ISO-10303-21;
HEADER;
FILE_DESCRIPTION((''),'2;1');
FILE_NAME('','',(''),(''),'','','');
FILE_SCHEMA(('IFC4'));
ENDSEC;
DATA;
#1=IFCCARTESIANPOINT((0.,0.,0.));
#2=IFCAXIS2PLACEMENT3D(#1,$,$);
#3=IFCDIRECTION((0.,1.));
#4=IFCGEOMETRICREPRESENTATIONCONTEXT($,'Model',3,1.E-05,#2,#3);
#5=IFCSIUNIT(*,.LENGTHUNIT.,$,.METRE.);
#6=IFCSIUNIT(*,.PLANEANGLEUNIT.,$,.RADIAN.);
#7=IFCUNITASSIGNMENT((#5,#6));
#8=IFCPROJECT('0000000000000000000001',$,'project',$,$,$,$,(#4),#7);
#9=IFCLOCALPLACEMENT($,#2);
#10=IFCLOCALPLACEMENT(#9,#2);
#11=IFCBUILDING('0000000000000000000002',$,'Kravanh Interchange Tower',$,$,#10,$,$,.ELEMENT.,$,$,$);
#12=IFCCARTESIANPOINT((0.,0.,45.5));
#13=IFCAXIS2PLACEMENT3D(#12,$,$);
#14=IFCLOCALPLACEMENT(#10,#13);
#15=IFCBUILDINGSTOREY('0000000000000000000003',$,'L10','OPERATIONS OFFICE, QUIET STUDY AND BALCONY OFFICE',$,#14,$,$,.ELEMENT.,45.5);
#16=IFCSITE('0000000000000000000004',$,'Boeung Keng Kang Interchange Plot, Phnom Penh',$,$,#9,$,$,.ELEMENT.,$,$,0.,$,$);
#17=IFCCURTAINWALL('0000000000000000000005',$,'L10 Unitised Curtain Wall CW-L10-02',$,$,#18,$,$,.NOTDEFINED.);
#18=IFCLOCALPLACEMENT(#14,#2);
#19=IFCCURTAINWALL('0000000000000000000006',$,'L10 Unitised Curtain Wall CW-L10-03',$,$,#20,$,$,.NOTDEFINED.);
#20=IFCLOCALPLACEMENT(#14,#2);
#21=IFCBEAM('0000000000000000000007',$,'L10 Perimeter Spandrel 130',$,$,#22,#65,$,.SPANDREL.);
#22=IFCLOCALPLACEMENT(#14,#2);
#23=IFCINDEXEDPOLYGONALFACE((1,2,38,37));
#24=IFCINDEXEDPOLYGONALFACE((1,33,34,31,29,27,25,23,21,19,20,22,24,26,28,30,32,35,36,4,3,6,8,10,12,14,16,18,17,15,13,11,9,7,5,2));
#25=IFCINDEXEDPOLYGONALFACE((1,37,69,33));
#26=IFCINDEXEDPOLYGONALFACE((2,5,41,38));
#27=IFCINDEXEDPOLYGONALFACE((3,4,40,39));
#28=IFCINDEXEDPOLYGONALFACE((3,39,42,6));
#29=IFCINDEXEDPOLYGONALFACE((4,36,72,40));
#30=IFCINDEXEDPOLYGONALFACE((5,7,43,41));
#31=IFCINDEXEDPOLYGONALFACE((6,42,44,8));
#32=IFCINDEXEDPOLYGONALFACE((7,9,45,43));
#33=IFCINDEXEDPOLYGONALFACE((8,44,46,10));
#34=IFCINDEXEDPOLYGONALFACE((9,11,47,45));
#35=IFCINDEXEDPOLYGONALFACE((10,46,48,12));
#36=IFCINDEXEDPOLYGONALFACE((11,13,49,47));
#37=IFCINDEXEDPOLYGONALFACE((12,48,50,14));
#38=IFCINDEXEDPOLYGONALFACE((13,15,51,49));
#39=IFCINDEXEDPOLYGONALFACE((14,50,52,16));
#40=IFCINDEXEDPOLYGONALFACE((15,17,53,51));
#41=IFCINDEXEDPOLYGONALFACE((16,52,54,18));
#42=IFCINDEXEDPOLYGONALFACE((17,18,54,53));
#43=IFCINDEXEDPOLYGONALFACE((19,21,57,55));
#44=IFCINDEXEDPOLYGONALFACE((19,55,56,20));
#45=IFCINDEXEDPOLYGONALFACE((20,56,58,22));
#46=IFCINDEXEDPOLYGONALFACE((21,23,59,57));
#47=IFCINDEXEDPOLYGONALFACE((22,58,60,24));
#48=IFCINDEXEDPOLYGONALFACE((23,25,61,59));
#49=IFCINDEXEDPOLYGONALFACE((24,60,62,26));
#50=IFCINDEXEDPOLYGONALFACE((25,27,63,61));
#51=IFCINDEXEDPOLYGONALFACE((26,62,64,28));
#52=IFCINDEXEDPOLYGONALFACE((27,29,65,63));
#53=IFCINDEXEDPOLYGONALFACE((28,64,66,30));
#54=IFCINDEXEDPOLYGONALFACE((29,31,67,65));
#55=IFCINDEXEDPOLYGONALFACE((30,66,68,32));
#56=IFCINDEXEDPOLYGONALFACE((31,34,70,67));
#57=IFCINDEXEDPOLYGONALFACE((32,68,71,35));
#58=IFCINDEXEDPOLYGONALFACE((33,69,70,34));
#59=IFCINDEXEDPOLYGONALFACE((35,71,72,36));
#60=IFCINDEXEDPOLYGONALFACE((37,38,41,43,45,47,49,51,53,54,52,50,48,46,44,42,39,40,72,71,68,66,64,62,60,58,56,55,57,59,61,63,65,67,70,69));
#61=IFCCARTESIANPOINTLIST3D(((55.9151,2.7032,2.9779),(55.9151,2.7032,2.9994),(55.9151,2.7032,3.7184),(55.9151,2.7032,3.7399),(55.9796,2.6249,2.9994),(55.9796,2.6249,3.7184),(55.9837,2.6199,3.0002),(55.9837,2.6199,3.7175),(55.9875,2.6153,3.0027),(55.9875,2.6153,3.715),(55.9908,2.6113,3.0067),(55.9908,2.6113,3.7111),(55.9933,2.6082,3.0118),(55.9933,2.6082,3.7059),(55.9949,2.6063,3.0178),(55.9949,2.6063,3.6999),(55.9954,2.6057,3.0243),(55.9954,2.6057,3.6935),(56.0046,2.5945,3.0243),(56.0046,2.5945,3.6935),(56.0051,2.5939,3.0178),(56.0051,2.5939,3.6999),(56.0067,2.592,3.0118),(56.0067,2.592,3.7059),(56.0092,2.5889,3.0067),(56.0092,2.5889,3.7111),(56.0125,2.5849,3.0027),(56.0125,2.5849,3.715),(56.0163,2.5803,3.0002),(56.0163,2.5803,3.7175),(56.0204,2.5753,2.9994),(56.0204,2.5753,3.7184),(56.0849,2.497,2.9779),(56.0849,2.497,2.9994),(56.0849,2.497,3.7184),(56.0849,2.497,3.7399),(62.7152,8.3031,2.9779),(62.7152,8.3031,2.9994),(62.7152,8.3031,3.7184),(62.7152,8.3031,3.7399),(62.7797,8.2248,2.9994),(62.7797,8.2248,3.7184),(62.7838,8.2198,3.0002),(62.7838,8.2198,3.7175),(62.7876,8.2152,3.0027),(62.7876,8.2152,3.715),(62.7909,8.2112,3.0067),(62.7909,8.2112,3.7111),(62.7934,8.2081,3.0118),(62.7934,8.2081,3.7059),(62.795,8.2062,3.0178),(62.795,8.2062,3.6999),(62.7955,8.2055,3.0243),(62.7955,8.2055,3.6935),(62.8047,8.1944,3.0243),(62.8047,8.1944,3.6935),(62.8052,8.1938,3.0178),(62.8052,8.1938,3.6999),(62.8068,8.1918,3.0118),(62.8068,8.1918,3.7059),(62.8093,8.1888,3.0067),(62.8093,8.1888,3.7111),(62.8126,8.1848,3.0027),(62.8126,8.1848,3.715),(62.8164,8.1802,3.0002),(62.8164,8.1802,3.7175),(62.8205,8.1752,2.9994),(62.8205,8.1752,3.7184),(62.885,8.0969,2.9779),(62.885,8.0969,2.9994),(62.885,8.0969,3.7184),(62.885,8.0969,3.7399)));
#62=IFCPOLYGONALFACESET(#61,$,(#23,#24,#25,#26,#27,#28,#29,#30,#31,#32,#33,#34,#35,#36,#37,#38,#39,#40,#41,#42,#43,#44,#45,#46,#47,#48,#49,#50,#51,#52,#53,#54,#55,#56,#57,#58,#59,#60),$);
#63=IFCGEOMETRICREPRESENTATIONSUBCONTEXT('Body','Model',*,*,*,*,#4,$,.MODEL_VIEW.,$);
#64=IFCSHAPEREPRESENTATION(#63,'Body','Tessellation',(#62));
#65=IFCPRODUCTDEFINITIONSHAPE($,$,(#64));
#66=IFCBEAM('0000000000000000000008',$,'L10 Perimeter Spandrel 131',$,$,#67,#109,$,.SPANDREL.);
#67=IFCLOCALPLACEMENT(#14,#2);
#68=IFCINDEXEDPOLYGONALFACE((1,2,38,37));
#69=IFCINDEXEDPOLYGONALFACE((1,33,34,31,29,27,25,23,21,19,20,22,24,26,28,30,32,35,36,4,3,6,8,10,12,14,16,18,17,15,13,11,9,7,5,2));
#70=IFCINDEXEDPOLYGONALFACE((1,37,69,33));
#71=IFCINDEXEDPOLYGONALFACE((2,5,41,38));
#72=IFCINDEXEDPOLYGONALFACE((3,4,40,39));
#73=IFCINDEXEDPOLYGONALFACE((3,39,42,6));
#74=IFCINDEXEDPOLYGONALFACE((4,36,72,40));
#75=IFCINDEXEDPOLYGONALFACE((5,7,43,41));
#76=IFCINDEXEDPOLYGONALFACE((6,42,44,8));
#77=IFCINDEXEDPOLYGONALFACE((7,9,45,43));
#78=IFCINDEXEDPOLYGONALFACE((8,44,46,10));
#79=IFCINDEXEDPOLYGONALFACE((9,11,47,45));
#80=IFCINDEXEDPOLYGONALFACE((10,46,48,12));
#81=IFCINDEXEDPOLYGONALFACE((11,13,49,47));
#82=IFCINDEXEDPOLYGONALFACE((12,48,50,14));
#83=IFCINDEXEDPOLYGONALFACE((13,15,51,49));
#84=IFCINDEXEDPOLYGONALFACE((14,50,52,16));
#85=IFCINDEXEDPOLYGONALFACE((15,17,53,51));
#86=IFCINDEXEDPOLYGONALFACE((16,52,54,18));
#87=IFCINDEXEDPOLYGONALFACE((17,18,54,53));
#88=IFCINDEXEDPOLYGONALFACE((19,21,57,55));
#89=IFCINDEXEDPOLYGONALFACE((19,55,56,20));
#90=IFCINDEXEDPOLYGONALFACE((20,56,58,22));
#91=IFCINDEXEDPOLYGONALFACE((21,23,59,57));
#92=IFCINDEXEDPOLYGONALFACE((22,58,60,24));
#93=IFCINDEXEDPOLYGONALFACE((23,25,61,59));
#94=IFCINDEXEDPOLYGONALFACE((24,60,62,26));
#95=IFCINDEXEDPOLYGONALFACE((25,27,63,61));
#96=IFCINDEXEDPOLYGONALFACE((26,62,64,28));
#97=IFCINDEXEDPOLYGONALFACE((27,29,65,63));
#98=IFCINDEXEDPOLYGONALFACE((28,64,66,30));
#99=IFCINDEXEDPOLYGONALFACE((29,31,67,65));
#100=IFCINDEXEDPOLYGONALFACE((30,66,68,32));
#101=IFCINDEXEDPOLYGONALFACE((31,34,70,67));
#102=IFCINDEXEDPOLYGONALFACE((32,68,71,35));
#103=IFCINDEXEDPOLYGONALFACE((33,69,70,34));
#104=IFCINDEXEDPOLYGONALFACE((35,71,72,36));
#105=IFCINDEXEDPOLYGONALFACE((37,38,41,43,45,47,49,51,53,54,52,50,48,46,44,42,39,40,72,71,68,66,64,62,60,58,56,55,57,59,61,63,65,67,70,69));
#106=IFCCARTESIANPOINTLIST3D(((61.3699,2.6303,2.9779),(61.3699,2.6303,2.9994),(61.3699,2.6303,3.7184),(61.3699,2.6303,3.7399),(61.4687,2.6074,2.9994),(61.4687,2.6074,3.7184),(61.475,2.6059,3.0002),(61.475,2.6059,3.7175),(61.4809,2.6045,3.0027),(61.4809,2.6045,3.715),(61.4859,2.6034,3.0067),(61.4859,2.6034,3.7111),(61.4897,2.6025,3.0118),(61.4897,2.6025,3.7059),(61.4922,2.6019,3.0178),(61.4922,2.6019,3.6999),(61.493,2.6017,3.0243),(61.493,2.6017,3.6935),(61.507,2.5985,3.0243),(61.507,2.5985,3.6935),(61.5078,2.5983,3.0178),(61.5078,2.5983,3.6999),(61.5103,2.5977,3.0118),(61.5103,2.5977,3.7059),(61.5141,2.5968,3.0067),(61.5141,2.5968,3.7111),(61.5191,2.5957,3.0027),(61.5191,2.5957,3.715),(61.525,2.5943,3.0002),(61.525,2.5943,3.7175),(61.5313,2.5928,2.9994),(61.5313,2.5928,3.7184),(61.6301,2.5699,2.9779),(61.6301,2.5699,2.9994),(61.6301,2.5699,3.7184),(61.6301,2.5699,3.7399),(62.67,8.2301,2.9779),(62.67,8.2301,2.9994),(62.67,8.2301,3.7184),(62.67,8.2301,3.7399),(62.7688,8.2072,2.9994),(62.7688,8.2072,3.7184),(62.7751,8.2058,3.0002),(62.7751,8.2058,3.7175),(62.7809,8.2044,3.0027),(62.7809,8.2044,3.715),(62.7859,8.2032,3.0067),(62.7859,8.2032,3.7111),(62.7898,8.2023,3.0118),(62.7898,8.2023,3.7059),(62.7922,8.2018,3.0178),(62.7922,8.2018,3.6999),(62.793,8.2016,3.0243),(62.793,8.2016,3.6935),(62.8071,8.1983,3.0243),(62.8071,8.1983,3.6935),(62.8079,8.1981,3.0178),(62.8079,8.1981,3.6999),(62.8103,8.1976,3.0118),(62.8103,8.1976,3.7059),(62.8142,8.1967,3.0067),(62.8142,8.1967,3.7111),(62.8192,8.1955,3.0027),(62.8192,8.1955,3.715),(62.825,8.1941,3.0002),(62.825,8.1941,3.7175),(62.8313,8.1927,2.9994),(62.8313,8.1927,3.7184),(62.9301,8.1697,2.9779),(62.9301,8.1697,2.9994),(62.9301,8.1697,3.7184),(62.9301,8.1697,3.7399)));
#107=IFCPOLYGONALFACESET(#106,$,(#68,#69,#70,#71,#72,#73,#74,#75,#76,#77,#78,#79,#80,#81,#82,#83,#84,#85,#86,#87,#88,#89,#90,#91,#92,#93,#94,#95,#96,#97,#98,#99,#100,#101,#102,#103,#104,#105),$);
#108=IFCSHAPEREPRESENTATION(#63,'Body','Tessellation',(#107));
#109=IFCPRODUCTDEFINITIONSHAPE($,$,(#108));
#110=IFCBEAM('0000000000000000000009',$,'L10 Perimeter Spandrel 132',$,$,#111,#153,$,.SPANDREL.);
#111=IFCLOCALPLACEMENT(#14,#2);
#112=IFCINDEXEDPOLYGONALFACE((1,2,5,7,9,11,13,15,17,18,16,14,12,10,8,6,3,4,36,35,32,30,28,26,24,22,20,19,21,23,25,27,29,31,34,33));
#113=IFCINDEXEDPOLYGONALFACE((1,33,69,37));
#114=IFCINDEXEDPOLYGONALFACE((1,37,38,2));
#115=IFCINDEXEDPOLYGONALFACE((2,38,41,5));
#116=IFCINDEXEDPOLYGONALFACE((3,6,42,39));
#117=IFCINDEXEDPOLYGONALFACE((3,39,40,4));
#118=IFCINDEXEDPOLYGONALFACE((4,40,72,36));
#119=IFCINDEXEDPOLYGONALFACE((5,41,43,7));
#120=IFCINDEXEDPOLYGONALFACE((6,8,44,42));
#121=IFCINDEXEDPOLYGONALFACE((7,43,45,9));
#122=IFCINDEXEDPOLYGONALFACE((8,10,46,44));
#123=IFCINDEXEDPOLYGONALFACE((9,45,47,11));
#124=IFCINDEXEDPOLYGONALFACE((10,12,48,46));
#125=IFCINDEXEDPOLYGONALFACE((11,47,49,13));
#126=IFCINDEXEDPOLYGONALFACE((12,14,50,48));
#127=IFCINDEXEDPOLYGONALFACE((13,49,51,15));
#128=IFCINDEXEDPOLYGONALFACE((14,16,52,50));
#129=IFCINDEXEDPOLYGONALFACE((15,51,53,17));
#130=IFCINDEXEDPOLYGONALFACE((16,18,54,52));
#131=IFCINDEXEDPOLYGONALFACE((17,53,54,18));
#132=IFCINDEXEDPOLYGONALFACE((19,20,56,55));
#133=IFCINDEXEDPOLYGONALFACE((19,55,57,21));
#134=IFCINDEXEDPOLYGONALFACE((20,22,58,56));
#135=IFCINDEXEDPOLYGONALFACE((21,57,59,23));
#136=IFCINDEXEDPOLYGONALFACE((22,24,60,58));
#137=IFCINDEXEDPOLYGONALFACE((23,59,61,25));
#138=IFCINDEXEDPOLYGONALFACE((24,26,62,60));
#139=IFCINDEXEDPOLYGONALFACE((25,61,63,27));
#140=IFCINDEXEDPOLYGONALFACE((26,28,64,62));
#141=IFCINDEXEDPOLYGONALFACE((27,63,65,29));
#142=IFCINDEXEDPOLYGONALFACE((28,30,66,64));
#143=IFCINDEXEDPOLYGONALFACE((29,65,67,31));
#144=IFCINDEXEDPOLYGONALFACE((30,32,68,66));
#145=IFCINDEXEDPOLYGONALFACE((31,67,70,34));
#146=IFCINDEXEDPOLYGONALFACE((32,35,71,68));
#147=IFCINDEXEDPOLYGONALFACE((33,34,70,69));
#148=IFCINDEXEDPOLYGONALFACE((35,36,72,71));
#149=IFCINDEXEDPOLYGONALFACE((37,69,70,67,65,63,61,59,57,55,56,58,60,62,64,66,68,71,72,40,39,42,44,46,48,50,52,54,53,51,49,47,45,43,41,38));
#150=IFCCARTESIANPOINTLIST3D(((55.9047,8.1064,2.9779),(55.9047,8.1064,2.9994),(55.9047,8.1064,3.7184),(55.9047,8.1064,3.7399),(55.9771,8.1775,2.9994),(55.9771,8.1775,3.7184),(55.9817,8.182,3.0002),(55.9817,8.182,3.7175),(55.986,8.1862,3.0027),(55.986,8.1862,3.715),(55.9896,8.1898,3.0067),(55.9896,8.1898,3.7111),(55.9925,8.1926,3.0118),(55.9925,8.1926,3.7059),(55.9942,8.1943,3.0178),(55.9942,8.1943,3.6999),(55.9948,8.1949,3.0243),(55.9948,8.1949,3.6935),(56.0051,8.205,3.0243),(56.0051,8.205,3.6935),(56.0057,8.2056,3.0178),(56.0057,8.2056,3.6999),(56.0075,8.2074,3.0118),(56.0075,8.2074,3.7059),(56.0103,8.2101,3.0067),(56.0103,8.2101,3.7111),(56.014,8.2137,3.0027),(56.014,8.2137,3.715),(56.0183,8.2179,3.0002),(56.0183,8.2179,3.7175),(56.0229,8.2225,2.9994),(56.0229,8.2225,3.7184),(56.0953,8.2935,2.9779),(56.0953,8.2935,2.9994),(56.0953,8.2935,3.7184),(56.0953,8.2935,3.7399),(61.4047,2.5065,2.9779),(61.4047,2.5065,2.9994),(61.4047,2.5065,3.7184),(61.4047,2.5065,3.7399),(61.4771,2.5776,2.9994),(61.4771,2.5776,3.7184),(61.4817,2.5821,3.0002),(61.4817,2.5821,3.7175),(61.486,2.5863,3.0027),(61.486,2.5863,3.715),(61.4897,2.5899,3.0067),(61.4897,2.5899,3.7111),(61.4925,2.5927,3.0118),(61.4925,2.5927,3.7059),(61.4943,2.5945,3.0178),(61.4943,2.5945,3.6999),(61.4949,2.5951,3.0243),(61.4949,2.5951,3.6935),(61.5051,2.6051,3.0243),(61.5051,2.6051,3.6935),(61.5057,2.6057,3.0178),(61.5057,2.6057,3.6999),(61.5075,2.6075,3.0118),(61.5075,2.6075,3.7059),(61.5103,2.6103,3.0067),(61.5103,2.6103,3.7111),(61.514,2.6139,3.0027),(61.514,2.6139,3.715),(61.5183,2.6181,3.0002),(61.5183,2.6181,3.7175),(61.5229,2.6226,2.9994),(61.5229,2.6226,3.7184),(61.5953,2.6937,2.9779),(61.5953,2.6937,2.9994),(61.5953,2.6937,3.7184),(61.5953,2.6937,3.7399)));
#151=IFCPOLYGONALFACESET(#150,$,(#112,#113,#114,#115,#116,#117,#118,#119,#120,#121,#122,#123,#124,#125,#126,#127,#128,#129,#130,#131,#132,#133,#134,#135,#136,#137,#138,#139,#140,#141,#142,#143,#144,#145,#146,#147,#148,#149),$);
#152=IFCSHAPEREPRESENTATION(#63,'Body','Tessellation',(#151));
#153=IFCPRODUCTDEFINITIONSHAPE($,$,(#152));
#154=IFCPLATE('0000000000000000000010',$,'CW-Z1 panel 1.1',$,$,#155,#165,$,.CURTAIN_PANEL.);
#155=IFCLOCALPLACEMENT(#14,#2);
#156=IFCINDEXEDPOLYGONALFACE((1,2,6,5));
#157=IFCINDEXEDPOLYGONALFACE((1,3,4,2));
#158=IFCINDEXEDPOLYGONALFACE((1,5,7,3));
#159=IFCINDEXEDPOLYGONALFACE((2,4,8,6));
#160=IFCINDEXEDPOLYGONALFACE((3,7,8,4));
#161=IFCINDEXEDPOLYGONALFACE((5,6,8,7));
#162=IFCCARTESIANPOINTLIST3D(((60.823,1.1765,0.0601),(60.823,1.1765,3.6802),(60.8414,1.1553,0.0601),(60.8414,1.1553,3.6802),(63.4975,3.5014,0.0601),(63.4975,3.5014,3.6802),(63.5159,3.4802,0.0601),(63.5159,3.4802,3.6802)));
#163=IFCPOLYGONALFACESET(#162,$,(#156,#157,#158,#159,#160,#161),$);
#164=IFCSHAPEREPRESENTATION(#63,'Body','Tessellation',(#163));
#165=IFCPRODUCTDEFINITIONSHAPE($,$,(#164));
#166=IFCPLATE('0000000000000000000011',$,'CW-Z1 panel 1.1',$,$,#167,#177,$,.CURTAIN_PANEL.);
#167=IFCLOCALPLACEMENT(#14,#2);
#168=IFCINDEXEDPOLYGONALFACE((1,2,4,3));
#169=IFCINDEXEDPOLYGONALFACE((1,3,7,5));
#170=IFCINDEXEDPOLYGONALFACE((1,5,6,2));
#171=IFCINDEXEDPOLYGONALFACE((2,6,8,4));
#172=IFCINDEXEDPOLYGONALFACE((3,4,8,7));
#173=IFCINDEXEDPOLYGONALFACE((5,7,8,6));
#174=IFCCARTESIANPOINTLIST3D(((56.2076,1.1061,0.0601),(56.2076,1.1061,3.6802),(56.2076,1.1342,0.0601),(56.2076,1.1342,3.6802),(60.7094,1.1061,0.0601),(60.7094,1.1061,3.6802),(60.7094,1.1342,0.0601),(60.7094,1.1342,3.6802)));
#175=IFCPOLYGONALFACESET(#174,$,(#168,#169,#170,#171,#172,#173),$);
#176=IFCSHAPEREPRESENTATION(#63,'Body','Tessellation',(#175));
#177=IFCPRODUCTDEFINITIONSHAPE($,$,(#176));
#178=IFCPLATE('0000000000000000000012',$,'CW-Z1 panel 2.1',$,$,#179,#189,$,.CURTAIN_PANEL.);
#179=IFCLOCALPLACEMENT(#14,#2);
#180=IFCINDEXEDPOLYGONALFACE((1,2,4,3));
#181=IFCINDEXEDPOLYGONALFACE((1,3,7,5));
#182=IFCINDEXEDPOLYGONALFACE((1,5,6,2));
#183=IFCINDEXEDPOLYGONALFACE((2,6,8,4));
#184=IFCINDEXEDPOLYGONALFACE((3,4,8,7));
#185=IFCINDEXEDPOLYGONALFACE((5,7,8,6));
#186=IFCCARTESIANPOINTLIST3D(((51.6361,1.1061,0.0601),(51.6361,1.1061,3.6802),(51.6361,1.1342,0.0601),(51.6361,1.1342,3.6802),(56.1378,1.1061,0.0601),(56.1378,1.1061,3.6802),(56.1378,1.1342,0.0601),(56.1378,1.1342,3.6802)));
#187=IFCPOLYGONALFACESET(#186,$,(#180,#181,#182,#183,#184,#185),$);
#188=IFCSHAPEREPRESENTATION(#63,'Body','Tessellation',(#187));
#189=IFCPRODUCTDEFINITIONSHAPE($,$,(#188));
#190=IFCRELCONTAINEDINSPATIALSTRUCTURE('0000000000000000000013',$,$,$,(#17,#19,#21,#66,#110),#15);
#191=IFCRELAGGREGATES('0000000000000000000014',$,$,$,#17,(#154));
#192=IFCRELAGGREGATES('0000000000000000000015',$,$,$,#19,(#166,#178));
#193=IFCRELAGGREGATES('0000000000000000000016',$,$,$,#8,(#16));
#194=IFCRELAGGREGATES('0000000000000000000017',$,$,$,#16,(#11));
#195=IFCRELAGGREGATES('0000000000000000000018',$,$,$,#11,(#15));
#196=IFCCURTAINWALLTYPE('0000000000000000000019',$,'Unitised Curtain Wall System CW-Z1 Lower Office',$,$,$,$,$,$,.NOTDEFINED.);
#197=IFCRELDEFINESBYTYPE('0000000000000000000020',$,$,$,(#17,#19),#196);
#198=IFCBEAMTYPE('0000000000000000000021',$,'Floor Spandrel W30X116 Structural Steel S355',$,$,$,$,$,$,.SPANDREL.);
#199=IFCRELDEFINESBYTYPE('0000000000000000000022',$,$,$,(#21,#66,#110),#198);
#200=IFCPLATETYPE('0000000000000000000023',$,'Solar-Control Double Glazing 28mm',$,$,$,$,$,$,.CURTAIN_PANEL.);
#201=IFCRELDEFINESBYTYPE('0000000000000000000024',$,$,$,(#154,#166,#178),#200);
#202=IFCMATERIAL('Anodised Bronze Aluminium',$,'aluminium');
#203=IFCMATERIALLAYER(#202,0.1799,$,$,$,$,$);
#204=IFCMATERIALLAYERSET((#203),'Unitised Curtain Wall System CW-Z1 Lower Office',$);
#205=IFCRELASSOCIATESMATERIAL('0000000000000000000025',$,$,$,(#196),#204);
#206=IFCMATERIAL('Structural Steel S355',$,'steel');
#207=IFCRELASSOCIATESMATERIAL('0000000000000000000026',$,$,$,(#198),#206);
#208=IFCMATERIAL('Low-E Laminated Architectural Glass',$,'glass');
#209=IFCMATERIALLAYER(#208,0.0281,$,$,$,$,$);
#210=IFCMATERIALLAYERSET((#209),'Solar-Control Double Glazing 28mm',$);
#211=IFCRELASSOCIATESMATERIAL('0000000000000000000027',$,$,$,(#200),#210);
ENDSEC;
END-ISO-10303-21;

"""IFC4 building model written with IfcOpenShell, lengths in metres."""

from ifc_helpers import new_model, si_unit, direction, frame, origin, origin_2d, place, context, subcontext, project, spatial, rectangle, i_section, extrude, material, layer, layer_set, material_profile, profile_set, type_object, element, aggregate, save


model = new_model("IFC4")

# Units and contexts
model_context = context("Model", 3, precision=1e-05, world=origin(), true_north=direction((0.0, 1.0)))
body_context = subcontext(model_context, "Body", "Model", "MODEL_VIEW")
ifc_project = project(units=[si_unit("LENGTHUNIT", "METRE"), si_unit("PLANEANGLEUNIT", "RADIAN")], contexts=[model_context])

# Site, building, storey
site_placement = place(None, origin())
site = spatial("IfcSite", under=ifc_project, at=site_placement, Name="Boeung Keng Kang Interchange Plot, Phnom Penh", CompositionType="ELEMENT", RefElevation=0.0)
building_placement = place(site_placement, origin())
building = spatial("IfcBuilding", under=site, at=building_placement, Name="Kravanh Interchange Tower", CompositionType="ELEMENT")
storey_placement = place(building_placement, frame((0.0, 0.0, 45.5)))
storey = spatial("IfcBuildingStorey", under=building, at=storey_placement, Name="L10", Description="OPERATIONS OFFICE, QUIET STUDY AND BALCONY OFFICE", CompositionType="ELEMENT", Elevation=45.5)

# Curtain walls
ifc_material_1 = material(Name="Anodised Bronze Aluminium", Category="aluminium")
ifc_layer_1 = layer(ifc_material_1, 0.1799)
ifc_layer_set_1 = layer_set([ifc_layer_1], Name="Unitised Curtain Wall System CW-Z1 Lower Office")
curtain_wall_type = type_object("IfcCurtainWallType", Name="Unitised Curtain Wall System CW-Z1 Lower Office", PredefinedType="NOTDEFINED", material=ifc_layer_set_1)
curtain_wall_1_placement = place(storey_placement, origin())
curtain_wall_1 = element("IfcCurtainWall", 1, at=curtain_wall_1_placement, inside=storey, type_object=curtain_wall_type, Name="L10 Unitised Curtain Wall CW-L10-02", PredefinedType="NOTDEFINED")
curtain_wall_2_placement = place(storey_placement, origin())
curtain_wall_2 = element("IfcCurtainWall", 2, at=curtain_wall_2_placement, inside=storey, type_object=curtain_wall_type, Name="L10 Unitised Curtain Wall CW-L10-03", PredefinedType="NOTDEFINED")

# Beams
ifc_material_2 = material(Name="Structural Steel S355", Category="steel")
ifc_material_profile_1 = material_profile(ifc_material_2, i_section(OverallWidth=0.2671, OverallDepth=0.762, WebThickness=0.0144, FlangeThickness=0.0215, FilletRadius=0.0249, at=origin_2d()), Name="W30X116")
ifc_profile_set_1 = profile_set([ifc_material_profile_1], Name="Structural Steel S355")
beam_type_1 = type_object("IfcBeamType", Name="Floor Spandrel W30X116 Structural Steel S355", PredefinedType="SPANDREL", material=ifc_profile_set_1)
beam_1_placement = place(storey_placement, frame((56.0, 2.6001, 3.3589), z_axis=(0.771941, 0.635695, 0.0), x_axis=(-0.635695, 0.771941, 0.0)))
element("IfcBeam", 3, at=beam_1_placement, inside=storey, type_object=beam_type_1, Name="L10 Perimeter Spandrel 130", PredefinedType="SPANDREL", context=body_context, shape_type="SweptSolid", body=[
    extrude(i_section(OverallWidth=0.2671, OverallDepth=0.762, WebThickness=0.0144, FlangeThickness=0.0215, FilletRadius=0.0249, at=origin_2d()), origin(), (0.0, 0.0, 1.0), 8.8091),
])
beam_2_placement = place(storey_placement, frame((61.5, 2.6001, 3.3589), z_axis=(0.226143, 0.974094, 0.0), x_axis=(-0.974094, 0.226143, 0.0)))
element("IfcBeam", 4, at=beam_2_placement, inside=storey, type_object=beam_type_1, Name="L10 Perimeter Spandrel 131", PredefinedType="SPANDREL", context=body_context, shape_type="SweptSolid", body=[
    extrude(i_section(OverallWidth=0.2671, OverallDepth=0.762, WebThickness=0.0144, FlangeThickness=0.0215, FilletRadius=0.0249, at=origin_2d()), origin(), (0.0, 0.0, 1.0), 5.7488),
])
beam_3_placement = place(storey_placement, frame((61.5, 2.6001, 3.3589), z_axis=(-0.700717, 0.713439, 0.0), x_axis=(-0.713439, -0.700717, 0.0)))
element("IfcBeam", 5, at=beam_3_placement, inside=storey, type_object=beam_type_1, Name="L10 Perimeter Spandrel 132", PredefinedType="SPANDREL", context=body_context, shape_type="SweptSolid", body=[
    extrude(i_section(OverallWidth=0.2671, OverallDepth=0.762, WebThickness=0.0144, FlangeThickness=0.0215, FilletRadius=0.0249, at=origin_2d()), origin(), (0.0, 0.0, 1.0), 7.8491),
])

# Plates
ifc_material_3 = material(Name="Low-E Laminated Architectural Glass", Category="glass")
ifc_layer_2 = layer(ifc_material_3, 0.0281)
ifc_layer_set_2 = layer_set([ifc_layer_2], Name="Solar-Control Double Glazing 28mm")
plate_type = type_object("IfcPlateType", Name="Solar-Control Double Glazing 28mm", PredefinedType="CURTAIN_PANEL", material=ifc_layer_set_2)
plate_1_placement = place(storey_placement, frame((62.1694, 2.3284, 0.0601), z_axis=(0.0, 0.0, 1.0), x_axis=(-0.754708, -0.65606, 0.0)))
plate_1 = element("IfcPlate", 6, at=plate_1_placement, type_object=plate_type, Name="CW-Z1 panel 1.1", PredefinedType="CURTAIN_PANEL", context=body_context, shape_type="SweptSolid", body=[
    extrude(rectangle(XDim=3.5437, YDim=0.0281, at=origin_2d()), origin(), (0.0, 0.0, 1.0), 3.6201),
])
aggregate(curtain_wall_1, [plate_1])
plate_2_placement = place(storey_placement, frame((58.4585, 1.1201, 0.0601), z_axis=(0.0, 0.0, 1.0), x_axis=(-1.0, 0.0, 0.0)))
plate_2 = element("IfcPlate", 7, at=plate_2_placement, type_object=plate_type, Name="CW-Z1 panel 1.1", PredefinedType="CURTAIN_PANEL", context=body_context, shape_type="SweptSolid", body=[
    extrude(rectangle(XDim=4.5017, YDim=0.0281, at=origin_2d()), origin(), (0.0, 0.0, 1.0), 3.6201),
])
plate_3_placement = place(storey_placement, frame((53.887, 1.1201, 0.0601), z_axis=(0.0, 0.0, 1.0), x_axis=(-1.0, 0.0, 0.0)))
plate_3 = element("IfcPlate", 8, at=plate_3_placement, type_object=plate_type, Name="CW-Z1 panel 2.1", PredefinedType="CURTAIN_PANEL", context=body_context, shape_type="SweptSolid", body=[
    extrude(rectangle(XDim=4.5017, YDim=0.0281, at=origin_2d()), origin(), (0.0, 0.0, 1.0), 3.6201),
])
aggregate(curtain_wall_2, [plate_2, plate_3])

save(model, "model.ifc")
